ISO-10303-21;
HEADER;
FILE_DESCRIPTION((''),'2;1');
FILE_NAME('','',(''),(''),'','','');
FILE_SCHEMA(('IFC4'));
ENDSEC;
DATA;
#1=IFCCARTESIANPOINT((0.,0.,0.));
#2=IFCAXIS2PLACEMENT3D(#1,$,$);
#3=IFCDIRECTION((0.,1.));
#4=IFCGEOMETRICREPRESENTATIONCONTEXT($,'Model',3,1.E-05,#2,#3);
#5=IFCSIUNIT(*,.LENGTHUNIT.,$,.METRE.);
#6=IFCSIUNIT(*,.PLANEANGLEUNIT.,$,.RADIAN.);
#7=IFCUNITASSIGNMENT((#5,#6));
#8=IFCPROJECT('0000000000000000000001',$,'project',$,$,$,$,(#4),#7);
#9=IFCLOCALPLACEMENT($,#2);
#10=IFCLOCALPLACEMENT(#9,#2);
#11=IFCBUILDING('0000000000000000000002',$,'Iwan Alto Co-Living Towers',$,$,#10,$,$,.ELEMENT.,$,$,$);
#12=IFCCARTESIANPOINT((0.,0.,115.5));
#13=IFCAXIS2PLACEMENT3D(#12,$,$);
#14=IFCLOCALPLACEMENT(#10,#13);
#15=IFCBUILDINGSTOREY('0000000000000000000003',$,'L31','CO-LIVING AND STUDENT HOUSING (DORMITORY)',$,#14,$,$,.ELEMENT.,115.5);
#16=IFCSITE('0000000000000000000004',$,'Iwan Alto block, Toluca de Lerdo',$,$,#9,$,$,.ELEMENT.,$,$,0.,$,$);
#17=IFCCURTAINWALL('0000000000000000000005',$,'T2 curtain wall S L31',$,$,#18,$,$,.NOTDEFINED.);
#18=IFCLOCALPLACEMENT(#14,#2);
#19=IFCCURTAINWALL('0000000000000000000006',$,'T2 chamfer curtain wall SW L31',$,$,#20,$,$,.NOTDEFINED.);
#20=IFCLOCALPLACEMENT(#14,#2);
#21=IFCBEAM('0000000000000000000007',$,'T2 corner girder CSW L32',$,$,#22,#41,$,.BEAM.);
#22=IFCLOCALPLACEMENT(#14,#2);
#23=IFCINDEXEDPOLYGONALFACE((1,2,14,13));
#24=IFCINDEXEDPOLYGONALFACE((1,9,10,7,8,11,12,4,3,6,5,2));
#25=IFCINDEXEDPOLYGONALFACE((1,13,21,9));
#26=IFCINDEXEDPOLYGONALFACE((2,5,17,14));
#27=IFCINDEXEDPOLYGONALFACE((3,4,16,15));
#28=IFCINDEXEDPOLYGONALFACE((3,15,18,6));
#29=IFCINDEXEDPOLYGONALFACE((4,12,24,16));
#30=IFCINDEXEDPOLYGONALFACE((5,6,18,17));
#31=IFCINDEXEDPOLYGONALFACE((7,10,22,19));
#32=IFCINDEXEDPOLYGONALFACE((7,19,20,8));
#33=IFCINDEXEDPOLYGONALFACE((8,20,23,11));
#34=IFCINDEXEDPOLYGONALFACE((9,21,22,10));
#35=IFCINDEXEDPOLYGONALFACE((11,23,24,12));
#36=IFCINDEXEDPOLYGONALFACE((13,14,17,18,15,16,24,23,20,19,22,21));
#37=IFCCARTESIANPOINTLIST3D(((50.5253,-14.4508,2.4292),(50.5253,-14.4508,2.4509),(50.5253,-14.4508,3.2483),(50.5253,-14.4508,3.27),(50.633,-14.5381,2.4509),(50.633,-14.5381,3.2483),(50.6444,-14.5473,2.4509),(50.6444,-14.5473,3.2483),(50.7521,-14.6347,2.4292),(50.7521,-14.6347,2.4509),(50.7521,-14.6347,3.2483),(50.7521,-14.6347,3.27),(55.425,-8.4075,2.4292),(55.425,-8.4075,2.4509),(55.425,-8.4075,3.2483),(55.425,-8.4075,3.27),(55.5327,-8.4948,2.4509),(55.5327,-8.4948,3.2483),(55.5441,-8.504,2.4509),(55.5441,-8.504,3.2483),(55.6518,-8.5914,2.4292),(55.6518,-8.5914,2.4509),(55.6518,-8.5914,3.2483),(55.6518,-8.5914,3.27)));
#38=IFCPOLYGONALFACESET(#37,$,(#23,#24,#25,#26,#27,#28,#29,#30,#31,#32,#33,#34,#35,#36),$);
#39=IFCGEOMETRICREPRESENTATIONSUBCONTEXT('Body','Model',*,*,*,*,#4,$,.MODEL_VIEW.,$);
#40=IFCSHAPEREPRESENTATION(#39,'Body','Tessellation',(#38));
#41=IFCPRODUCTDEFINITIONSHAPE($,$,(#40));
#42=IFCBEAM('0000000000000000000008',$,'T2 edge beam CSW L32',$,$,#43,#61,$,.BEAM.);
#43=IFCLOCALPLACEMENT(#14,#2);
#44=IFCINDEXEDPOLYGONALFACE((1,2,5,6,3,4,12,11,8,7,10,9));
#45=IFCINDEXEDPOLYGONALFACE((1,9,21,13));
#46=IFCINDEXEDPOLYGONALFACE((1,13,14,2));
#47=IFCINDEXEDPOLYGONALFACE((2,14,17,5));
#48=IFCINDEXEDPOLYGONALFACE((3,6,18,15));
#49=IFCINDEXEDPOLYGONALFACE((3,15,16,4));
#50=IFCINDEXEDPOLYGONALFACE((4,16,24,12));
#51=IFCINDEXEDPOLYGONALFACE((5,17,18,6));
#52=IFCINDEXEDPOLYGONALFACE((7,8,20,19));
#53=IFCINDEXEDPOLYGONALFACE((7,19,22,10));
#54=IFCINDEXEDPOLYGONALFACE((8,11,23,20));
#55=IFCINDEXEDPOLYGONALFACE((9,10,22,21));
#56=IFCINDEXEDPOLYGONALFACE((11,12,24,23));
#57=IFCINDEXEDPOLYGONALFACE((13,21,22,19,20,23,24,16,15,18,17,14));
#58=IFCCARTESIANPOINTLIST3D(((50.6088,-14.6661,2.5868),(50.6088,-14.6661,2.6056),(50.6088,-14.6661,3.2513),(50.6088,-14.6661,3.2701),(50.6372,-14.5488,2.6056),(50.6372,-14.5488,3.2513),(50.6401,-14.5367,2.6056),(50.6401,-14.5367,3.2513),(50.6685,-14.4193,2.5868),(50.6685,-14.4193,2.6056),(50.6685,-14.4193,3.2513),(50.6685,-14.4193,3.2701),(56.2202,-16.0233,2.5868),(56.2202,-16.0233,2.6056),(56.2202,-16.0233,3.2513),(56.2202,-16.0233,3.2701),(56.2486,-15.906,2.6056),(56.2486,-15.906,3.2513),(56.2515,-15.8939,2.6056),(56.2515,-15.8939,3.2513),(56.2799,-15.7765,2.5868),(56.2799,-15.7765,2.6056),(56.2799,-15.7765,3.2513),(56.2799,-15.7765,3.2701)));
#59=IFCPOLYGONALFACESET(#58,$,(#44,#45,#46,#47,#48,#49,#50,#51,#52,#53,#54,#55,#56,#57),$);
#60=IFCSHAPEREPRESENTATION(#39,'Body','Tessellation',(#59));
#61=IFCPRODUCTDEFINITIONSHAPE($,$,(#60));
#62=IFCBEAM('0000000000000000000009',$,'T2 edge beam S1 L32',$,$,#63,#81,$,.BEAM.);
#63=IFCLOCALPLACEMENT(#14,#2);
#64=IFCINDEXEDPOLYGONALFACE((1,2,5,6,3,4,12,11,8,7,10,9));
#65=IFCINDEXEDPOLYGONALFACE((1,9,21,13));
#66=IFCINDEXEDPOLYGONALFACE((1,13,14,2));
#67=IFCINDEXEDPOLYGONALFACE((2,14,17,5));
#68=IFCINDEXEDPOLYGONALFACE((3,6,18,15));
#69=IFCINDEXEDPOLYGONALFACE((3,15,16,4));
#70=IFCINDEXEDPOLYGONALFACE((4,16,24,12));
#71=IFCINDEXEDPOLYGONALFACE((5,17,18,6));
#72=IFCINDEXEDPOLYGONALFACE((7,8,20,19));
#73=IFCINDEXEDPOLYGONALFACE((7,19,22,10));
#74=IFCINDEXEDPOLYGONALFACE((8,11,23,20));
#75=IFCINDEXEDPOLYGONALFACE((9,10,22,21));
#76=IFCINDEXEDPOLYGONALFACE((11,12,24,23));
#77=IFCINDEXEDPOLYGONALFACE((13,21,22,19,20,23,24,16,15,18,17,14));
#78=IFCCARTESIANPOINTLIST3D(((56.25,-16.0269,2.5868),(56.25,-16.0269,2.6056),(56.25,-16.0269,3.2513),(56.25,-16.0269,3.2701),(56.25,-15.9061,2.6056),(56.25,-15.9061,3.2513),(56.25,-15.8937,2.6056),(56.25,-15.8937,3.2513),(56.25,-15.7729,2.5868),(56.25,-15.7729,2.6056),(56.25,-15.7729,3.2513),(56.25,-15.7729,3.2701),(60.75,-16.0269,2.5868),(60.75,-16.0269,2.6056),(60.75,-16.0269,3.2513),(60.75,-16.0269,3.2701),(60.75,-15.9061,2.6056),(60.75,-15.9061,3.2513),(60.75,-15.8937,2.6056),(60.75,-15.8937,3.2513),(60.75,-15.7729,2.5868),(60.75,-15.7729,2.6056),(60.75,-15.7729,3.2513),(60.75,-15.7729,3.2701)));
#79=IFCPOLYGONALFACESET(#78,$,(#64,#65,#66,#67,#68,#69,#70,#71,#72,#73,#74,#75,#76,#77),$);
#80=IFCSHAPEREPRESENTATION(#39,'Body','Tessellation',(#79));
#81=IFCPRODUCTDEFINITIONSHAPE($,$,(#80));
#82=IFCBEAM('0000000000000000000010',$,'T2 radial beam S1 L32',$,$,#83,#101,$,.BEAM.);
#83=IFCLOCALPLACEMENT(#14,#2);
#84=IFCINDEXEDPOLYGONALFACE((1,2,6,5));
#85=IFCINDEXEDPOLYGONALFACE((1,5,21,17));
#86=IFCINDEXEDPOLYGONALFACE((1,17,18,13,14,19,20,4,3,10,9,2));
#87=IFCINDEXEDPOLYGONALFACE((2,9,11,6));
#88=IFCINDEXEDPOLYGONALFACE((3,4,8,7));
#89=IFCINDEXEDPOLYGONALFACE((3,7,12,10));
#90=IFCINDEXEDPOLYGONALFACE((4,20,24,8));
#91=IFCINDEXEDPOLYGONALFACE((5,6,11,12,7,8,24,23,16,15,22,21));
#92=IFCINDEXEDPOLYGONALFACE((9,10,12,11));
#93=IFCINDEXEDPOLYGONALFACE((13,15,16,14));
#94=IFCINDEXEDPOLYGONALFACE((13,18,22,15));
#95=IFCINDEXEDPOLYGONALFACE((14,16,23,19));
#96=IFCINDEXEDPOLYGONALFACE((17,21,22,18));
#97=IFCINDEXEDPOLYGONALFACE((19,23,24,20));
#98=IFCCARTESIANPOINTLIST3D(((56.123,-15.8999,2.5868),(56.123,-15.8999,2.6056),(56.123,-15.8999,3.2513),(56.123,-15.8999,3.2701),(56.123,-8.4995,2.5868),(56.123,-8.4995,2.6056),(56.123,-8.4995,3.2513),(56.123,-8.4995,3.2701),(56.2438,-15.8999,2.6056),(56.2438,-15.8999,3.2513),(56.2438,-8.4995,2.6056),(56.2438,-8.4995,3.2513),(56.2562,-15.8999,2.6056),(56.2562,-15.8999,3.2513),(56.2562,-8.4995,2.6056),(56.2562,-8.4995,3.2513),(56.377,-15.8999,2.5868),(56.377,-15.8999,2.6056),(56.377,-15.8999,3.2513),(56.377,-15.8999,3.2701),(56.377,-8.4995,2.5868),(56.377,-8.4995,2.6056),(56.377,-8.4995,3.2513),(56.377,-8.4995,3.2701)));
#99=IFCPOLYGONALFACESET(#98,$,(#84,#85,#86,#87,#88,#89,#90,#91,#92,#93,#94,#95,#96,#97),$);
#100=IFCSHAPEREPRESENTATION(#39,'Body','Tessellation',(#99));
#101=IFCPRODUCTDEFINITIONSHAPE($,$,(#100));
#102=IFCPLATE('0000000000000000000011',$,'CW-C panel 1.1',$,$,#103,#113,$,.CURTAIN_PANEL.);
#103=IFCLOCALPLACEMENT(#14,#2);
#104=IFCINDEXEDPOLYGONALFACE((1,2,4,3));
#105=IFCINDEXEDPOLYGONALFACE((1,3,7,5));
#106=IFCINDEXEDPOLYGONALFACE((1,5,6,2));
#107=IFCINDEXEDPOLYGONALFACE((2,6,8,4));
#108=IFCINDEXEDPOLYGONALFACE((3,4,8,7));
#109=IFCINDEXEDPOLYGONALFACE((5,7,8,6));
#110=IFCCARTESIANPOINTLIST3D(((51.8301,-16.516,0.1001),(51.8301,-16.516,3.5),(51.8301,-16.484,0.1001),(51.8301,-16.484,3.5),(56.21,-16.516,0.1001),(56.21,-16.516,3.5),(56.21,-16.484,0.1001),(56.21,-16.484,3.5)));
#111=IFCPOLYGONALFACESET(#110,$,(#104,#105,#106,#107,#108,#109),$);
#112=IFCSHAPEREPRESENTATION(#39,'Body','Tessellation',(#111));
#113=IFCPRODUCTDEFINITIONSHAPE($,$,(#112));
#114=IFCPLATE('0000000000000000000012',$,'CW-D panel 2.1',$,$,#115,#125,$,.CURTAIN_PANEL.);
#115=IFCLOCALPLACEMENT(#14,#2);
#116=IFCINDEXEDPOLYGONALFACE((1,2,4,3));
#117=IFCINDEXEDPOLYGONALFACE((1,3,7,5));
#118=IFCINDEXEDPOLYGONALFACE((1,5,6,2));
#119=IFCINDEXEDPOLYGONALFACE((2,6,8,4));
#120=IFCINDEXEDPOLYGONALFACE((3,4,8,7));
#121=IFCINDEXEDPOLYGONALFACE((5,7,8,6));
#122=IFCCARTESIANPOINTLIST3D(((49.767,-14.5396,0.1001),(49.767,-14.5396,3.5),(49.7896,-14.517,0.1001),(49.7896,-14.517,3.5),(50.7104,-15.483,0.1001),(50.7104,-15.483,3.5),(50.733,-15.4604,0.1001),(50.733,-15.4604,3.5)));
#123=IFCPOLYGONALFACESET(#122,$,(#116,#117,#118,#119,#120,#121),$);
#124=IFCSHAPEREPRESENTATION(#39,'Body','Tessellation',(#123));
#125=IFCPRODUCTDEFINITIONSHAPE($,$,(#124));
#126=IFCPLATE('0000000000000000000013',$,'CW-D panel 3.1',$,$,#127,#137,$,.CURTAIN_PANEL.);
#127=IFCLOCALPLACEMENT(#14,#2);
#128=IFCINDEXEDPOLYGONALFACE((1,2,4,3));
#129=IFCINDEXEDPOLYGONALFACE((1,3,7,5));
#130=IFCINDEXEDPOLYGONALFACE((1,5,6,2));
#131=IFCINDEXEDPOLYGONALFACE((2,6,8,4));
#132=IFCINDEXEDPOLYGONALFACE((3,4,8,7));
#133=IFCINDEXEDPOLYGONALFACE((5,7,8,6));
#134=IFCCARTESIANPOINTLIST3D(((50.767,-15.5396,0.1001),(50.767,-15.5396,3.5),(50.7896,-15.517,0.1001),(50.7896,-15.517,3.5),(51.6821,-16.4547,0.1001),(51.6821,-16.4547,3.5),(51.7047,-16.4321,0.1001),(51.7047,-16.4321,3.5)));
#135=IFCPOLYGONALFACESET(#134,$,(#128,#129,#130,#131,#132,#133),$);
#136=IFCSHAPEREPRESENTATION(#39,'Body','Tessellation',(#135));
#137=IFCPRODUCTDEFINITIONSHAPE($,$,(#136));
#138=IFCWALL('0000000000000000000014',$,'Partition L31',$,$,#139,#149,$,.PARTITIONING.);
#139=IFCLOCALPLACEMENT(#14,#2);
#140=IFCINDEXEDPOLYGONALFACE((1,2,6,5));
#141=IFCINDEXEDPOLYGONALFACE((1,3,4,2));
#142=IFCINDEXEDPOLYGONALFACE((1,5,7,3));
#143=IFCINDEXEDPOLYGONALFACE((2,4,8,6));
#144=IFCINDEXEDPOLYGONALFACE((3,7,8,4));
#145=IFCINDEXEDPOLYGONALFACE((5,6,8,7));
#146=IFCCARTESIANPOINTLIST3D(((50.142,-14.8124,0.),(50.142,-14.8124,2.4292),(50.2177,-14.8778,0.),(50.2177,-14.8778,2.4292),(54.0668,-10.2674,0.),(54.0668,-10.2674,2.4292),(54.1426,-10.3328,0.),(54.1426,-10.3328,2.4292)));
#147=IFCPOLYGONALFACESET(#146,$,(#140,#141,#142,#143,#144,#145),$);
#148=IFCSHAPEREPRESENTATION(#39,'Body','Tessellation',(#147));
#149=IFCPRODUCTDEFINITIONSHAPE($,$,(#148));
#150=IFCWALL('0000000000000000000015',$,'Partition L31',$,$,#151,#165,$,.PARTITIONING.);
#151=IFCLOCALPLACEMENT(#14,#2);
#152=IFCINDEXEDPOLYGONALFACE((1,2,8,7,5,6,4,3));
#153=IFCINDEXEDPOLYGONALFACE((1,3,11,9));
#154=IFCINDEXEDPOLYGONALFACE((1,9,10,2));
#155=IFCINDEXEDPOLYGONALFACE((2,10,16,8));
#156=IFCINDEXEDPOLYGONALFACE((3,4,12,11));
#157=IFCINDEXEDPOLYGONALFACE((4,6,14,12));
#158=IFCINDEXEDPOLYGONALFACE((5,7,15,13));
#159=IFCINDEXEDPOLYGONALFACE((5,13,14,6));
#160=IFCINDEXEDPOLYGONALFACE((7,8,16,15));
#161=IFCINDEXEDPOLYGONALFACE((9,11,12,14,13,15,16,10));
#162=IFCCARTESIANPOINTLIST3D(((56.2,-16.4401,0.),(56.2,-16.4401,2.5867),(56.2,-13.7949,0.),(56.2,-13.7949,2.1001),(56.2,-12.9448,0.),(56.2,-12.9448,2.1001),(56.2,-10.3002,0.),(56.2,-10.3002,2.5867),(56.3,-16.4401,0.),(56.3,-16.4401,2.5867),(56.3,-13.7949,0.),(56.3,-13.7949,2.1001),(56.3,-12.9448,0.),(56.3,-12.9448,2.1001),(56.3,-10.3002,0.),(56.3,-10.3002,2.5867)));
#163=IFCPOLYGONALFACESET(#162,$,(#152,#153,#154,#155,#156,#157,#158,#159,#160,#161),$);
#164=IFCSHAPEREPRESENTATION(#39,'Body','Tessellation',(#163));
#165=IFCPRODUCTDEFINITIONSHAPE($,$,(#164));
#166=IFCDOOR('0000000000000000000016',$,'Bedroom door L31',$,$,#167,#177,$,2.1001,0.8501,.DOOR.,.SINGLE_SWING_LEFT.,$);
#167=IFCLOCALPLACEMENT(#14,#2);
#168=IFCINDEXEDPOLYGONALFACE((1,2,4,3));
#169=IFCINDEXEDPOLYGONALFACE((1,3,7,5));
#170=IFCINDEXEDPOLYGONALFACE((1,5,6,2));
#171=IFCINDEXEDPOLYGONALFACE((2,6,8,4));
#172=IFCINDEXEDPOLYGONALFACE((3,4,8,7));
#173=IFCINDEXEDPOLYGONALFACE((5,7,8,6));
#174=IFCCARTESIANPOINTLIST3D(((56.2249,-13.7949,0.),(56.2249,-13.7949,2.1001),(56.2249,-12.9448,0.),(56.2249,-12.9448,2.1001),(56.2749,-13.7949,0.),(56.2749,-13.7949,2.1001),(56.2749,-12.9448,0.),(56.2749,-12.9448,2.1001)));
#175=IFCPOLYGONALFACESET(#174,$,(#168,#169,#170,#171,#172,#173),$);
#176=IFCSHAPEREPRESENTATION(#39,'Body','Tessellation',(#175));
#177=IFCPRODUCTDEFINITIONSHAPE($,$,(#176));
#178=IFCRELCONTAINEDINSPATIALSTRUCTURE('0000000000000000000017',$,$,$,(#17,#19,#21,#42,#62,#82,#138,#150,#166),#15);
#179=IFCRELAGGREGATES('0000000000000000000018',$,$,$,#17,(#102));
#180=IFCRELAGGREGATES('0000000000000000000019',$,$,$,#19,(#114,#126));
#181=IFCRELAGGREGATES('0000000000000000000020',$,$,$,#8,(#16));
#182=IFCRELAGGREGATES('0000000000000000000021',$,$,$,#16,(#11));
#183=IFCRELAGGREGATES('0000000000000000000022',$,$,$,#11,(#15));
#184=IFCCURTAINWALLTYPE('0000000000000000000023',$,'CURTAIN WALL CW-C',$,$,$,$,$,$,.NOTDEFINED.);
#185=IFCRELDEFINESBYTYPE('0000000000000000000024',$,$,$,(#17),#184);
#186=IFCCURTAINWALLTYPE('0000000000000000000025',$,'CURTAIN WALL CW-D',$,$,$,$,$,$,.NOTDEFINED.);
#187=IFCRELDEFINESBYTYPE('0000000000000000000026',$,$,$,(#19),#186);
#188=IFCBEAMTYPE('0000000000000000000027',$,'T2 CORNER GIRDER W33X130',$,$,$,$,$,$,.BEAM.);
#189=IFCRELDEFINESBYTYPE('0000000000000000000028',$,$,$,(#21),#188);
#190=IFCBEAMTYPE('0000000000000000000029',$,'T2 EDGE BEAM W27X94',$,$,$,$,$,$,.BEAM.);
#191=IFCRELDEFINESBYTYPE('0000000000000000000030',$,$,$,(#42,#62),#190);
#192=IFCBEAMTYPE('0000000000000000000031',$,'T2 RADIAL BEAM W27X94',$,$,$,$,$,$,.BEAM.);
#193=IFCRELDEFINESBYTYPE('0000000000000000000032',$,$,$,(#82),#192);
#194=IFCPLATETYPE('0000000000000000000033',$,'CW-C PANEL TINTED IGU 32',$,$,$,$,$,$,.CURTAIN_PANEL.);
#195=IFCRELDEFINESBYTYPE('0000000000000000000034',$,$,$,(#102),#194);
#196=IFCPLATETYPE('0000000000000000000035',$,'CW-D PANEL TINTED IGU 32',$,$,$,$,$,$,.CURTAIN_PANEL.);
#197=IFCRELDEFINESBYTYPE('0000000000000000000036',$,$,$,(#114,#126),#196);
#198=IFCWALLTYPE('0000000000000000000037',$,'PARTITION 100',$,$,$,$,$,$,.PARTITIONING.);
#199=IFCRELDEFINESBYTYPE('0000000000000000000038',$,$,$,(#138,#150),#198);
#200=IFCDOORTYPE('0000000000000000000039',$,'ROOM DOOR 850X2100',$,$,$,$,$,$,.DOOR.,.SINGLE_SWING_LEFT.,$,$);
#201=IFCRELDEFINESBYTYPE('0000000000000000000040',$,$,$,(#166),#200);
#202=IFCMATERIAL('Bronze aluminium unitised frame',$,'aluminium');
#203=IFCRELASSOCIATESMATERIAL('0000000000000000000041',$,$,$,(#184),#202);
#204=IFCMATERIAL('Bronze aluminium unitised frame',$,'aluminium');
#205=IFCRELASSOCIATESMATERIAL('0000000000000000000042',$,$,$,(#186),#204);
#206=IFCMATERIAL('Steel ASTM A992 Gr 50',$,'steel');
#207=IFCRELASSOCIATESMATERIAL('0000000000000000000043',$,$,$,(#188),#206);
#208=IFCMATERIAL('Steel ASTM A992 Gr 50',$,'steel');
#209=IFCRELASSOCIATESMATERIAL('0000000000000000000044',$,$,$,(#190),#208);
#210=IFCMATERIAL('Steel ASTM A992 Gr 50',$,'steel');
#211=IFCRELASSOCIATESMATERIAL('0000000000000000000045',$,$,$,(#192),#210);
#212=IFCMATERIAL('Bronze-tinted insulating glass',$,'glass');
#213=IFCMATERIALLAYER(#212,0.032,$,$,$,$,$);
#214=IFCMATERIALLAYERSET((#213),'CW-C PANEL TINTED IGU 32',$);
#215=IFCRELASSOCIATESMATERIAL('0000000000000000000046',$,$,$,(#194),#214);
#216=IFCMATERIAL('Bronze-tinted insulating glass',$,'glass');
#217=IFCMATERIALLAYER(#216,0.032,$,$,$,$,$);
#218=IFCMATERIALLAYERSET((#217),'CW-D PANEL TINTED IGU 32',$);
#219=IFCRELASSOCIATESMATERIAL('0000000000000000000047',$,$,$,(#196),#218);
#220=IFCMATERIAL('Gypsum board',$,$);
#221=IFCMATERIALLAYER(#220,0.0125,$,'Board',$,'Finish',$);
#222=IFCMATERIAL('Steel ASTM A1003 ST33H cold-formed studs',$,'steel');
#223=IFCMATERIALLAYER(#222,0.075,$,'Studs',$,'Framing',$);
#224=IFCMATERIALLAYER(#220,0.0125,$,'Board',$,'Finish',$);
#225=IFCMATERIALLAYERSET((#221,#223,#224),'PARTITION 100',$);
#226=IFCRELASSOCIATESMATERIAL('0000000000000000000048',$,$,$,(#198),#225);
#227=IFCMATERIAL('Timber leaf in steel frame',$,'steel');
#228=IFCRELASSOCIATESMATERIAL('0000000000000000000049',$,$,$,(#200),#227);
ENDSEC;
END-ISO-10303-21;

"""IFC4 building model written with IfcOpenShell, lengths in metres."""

from ifc_helpers import new_model, si_unit, direction, frame, frame_2d, origin, origin_2d, place, context, subcontext, project, spatial, rectangle, i_section, extrude, material, layer, layer_set, material_profile, profile_set, type_object, element, fill, aggregate, save


model = new_model("IFC4")

# Units and contexts
model_context = context("Model", 3, precision=1e-05, world=origin(), true_north=direction((0.0, 1.0)))
body_context = subcontext(model_context, "Body", "Model", "MODEL_VIEW")
ifc_project = project(units=[si_unit("LENGTHUNIT", "METRE"), si_unit("PLANEANGLEUNIT", "RADIAN")], contexts=[model_context])

# Site, building, storey
site_placement = place(None, origin())
site = spatial("IfcSite", under=ifc_project, at=site_placement, Name="Iwan Alto block, Toluca de Lerdo", CompositionType="ELEMENT", RefElevation=0.0)
building_placement = place(site_placement, origin())
building = spatial("IfcBuilding", under=site, at=building_placement, Name="Iwan Alto Co-Living Towers", CompositionType="ELEMENT")
storey_placement = place(building_placement, frame((0.0, 0.0, 115.5)))
storey = spatial("IfcBuildingStorey", under=building, at=storey_placement, Name="L31", Description="CO-LIVING AND STUDENT HOUSING (DORMITORY)", CompositionType="ELEMENT", Elevation=115.5)

# Curtain walls
ifc_material_1 = material(Name="Bronze aluminium unitised frame", Category="aluminium")
curtain_wall_type_1 = type_object("IfcCurtainWallType", Name="CURTAIN WALL CW-C", PredefinedType="NOTDEFINED", material=ifc_material_1)
curtain_wall_1_placement = place(storey_placement, origin())
curtain_wall_1 = element("IfcCurtainWall", 1, at=curtain_wall_1_placement, inside=storey, type_object=curtain_wall_type_1, Name="T2 curtain wall S L31", PredefinedType="NOTDEFINED")
ifc_material_2 = material(Name="Bronze aluminium unitised frame", Category="aluminium")
curtain_wall_type_2 = type_object("IfcCurtainWallType", Name="CURTAIN WALL CW-D", PredefinedType="NOTDEFINED", material=ifc_material_2)
curtain_wall_2_placement = place(storey_placement, origin())
curtain_wall_2 = element("IfcCurtainWall", 2, at=curtain_wall_2_placement, inside=storey, type_object=curtain_wall_type_2, Name="T2 chamfer curtain wall SW L31", PredefinedType="NOTDEFINED")

# Beams
ifc_material_3 = material(Name="Steel ASTM A992 Gr 50", Category="steel")
ifc_material_profile_1 = material_profile(ifc_material_3, i_section(OverallWidth=0.292, OverallDepth=0.8408, WebThickness=0.0146, FlangeThickness=0.0217, at=origin_2d()), Name="W33X130")
ifc_profile_set_1 = profile_set([ifc_material_profile_1], Name="Steel ASTM A992 Gr 50")
beam_type_1 = type_object("IfcBeamType", Name="T2 CORNER GIRDER W33X130", PredefinedType="BEAM", material=ifc_profile_set_1)
beam_1_placement = place(storey_placement, frame((50.6387, -14.5427, 2.8496), z_axis=(0.629783, 0.776771, 0.0), x_axis=(-0.776771, 0.629783, 0.0)))
element("IfcBeam", 3, at=beam_1_placement, inside=storey, type_object=beam_type_1, Name="T2 corner girder CSW L32", PredefinedType="BEAM", context=body_context, shape_type="SweptSolid", body=[
    extrude(i_section(OverallWidth=0.292, OverallDepth=0.8408, WebThickness=0.0146, FlangeThickness=0.0217, at=origin_2d()), origin(), (0.0, 0.0, 1.0), 7.78),
])
ifc_material_4 = material(Name="Steel ASTM A992 Gr 50", Category="steel")
ifc_material_profile_2 = material_profile(ifc_material_4, i_section(OverallWidth=0.2539, OverallDepth=0.6833, WebThickness=0.0125, FlangeThickness=0.0188, at=origin_2d()), Name="W27X94")
ifc_profile_set_2 = profile_set([ifc_material_profile_2], Name="Steel ASTM A992 Gr 50")
beam_type_2 = type_object("IfcBeamType", Name="T2 EDGE BEAM W27X94", PredefinedType="BEAM", material=ifc_profile_set_2)
beam_2_placement = place(storey_placement, frame((50.6387, -14.5427, 2.9285), z_axis=(0.971975, -0.235086, 0.0), x_axis=(0.235086, 0.971975, 0.0)))
element("IfcBeam", 4, at=beam_2_placement, inside=storey, type_object=beam_type_2, Name="T2 edge beam CSW L32", PredefinedType="BEAM", context=body_context, shape_type="SweptSolid", body=[
    extrude(i_section(OverallWidth=0.2539, OverallDepth=0.6833, WebThickness=0.0125, FlangeThickness=0.0188, at=origin_2d()), origin(), (0.0, 0.0, 1.0), 5.7732),
])
beam_3_placement = place(storey_placement, frame((56.25, -15.8999, 2.9285), z_axis=(1.0, 0.0, 0.0), x_axis=(0.0, 1.0, 0.0)))
element("IfcBeam", 5, at=beam_3_placement, inside=storey, type_object=beam_type_2, Name="T2 edge beam S1 L32", PredefinedType="BEAM", context=body_context, shape_type="SweptSolid", body=[
    extrude(i_section(OverallWidth=0.2539, OverallDepth=0.6833, WebThickness=0.0125, FlangeThickness=0.0188, at=origin_2d()), origin(), (0.0, 0.0, 1.0), 4.5),
])
ifc_material_5 = material(Name="Steel ASTM A992 Gr 50", Category="steel")
ifc_material_profile_3 = material_profile(ifc_material_5, i_section(OverallWidth=0.2539, OverallDepth=0.6833, WebThickness=0.0125, FlangeThickness=0.0188, at=origin_2d()), Name="W27X94")
ifc_profile_set_3 = profile_set([ifc_material_profile_3], Name="Steel ASTM A992 Gr 50")
beam_type_3 = type_object("IfcBeamType", Name="T2 RADIAL BEAM W27X94", PredefinedType="BEAM", material=ifc_profile_set_3)
beam_4_placement = place(storey_placement, frame((56.25, -15.8999, 2.9285), z_axis=(0.0, 1.0, 0.0), x_axis=(-1.0, 0.0, 0.0)))
element("IfcBeam", 6, at=beam_4_placement, inside=storey, type_object=beam_type_3, Name="T2 radial beam S1 L32", PredefinedType="BEAM", context=body_context, shape_type="SweptSolid", body=[
    extrude(i_section(OverallWidth=0.2539, OverallDepth=0.6833, WebThickness=0.0125, FlangeThickness=0.0188, at=origin_2d()), origin(), (0.0, 0.0, 1.0), 7.4004),
])

# Plates
ifc_material_6 = material(Name="Bronze-tinted insulating glass", Category="glass")
ifc_layer_1 = layer(ifc_material_6, 0.032)
ifc_layer_set_1 = layer_set([ifc_layer_1], Name="CW-C PANEL TINTED IGU 32")
plate_type_1 = type_object("IfcPlateType", Name="CW-C PANEL TINTED IGU 32", PredefinedType="CURTAIN_PANEL", material=ifc_layer_set_1)
plate_1_placement = place(storey_placement, frame((54.02, -16.5, 0.1001), z_axis=(0.0, 0.0, 1.0), x_axis=(1.0, 0.0, 0.0)))
plate_1 = element("IfcPlate", 7, at=plate_1_placement, type_object=plate_type_1, Name="CW-C panel 1.1", PredefinedType="CURTAIN_PANEL", context=body_context, shape_type="SweptSolid", body=[
    extrude(rectangle(XDim=4.3799, YDim=0.032, at=origin_2d()), origin(), (0.0, 0.0, 1.0), 3.3999),
])
aggregate(curtain_wall_1, [plate_1])
ifc_material_7 = material(Name="Bronze-tinted insulating glass", Category="glass")
ifc_layer_2 = layer(ifc_material_7, 0.032)
ifc_layer_set_2 = layer_set([ifc_layer_2], Name="CW-D PANEL TINTED IGU 32")
plate_type_2 = type_object("IfcPlateType", Name="CW-D PANEL TINTED IGU 32", PredefinedType="CURTAIN_PANEL", material=ifc_layer_set_2)
plate_2_placement = place(storey_placement, frame((50.25, -15.0, 0.1001), z_axis=(0.0, 0.0, 1.0), x_axis=(0.707107, -0.707107, 0.0)))
plate_2 = element("IfcPlate", 8, at=plate_2_placement, type_object=plate_type_2, Name="CW-D panel 2.1", PredefinedType="CURTAIN_PANEL", context=body_context, shape_type="SweptSolid", body=[
    extrude(rectangle(XDim=1.3342, YDim=0.032, at=origin_2d()), origin(), (0.0, 0.0, 1.0), 3.3999),
])
plate_3_placement = place(storey_placement, frame((51.2358, -15.9858, 0.1001), z_axis=(0.0, 0.0, 1.0), x_axis=(0.707107, -0.707107, 0.0)))
plate_3 = element("IfcPlate", 9, at=plate_3_placement, type_object=plate_type_2, Name="CW-D panel 3.1", PredefinedType="CURTAIN_PANEL", context=body_context, shape_type="SweptSolid", body=[
    extrude(rectangle(XDim=1.2942, YDim=0.032, at=origin_2d()), origin(), (0.0, 0.0, 1.0), 3.3999),
])
aggregate(curtain_wall_2, [plate_2, plate_3])

# Wall
ifc_material_8 = material(Name="Gypsum board")
ifc_layer_3 = layer(ifc_material_8, 0.0125, Name="Board", Category="Finish")
ifc_material_9 = material(Name="Steel ASTM A1003 ST33H cold-formed studs", Category="steel")
ifc_layer_4 = layer(ifc_material_9, 0.075, Name="Studs", Category="Framing")
ifc_layer_5 = layer(ifc_material_8, 0.0125, Name="Board", Category="Finish")
ifc_layer_set_3 = layer_set([ifc_layer_3, ifc_layer_4, ifc_layer_5], Name="PARTITION 100")
wall_type = type_object("IfcWallType", Name="PARTITION 100", PredefinedType="PARTITIONING", material=ifc_layer_set_3)
wall_1_placement = place(storey_placement, frame((50.1799, -14.845, 0.0), z_axis=(0.0, 0.0, 1.0), x_axis=(0.653586, 0.756852, 0.0)))
element("IfcWall", 10, at=wall_1_placement, inside=storey, type_object=wall_type, Name="Partition L31", PredefinedType="PARTITIONING", context=body_context, shape_type="SweptSolid", body=[
    extrude(rectangle(XDim=6.0051, YDim=0.1001, at=frame_2d((3.0024, 0.0))), origin(), (0.0, 0.0, 1.0), 2.4292),
])

# Wall, opening, door
wall_2_placement = place(storey_placement, frame((56.25, -16.4399, 0.0), z_axis=(0.0, 0.0, 1.0), x_axis=(0.0, 1.0, 0.0)))
wall_2 = element("IfcWall", 11, at=wall_2_placement, inside=storey, type_object=wall_type, Name="Partition L31", PredefinedType="PARTITIONING", context=body_context, shape_type="SweptSolid", body=[
    extrude(rectangle(XDim=6.1399, YDim=0.1001, at=frame_2d((3.0698, 0.0))), origin(), (0.0, 0.0, 1.0), 2.5867),
])
opening_placement = place(wall_2_placement, frame((2.645, 0.0, 0.0)))
opening = element("IfcOpeningElement", 12, at=opening_placement, cuts=wall_2, PredefinedType="OPENING", context=body_context, shape_type="SweptSolid", body=[
    extrude(rectangle(XDim=0.8501, YDim=2.1001, at=frame_2d((0.425, 1.05))), frame((0.0, 0.0601, 0.0), z_axis=(0.0, -1.0, 0.0), x_axis=(1.0, 0.0, 0.0)), (0.0, 0.0, 1.0), 0.1201),
])
ifc_material_10 = material(Name="Timber leaf in steel frame", Category="steel")
door_type = type_object("IfcDoorType", Name="ROOM DOOR 850X2100", OperationType="SINGLE_SWING_LEFT", PredefinedType="DOOR", material=ifc_material_10)
door_placement = place(opening_placement, frame((0.8501, 0.0, 0.0), z_axis=(0.0, 0.0, 1.0), x_axis=(-1.0, 0.0, 0.0)))
door = element("IfcDoor", 13, at=door_placement, inside=storey, type_object=door_type, Name="Bedroom door L31", OperationType="SINGLE_SWING_LEFT", OverallHeight=2.1001, OverallWidth=0.8501, PredefinedType="DOOR", context=body_context, shape_type="SweptSolid", body=[
    extrude(rectangle(XDim=0.8501, YDim=2.1001, at=frame_2d((0.425, 1.05))), frame((0.0, 0.0249, 0.0), z_axis=(0.0, -1.0, 0.0), x_axis=(1.0, 0.0, 0.0)), (0.0, 0.0, 1.0), 0.05),
])
fill(opening, door)

save(model, "model.ifc")
